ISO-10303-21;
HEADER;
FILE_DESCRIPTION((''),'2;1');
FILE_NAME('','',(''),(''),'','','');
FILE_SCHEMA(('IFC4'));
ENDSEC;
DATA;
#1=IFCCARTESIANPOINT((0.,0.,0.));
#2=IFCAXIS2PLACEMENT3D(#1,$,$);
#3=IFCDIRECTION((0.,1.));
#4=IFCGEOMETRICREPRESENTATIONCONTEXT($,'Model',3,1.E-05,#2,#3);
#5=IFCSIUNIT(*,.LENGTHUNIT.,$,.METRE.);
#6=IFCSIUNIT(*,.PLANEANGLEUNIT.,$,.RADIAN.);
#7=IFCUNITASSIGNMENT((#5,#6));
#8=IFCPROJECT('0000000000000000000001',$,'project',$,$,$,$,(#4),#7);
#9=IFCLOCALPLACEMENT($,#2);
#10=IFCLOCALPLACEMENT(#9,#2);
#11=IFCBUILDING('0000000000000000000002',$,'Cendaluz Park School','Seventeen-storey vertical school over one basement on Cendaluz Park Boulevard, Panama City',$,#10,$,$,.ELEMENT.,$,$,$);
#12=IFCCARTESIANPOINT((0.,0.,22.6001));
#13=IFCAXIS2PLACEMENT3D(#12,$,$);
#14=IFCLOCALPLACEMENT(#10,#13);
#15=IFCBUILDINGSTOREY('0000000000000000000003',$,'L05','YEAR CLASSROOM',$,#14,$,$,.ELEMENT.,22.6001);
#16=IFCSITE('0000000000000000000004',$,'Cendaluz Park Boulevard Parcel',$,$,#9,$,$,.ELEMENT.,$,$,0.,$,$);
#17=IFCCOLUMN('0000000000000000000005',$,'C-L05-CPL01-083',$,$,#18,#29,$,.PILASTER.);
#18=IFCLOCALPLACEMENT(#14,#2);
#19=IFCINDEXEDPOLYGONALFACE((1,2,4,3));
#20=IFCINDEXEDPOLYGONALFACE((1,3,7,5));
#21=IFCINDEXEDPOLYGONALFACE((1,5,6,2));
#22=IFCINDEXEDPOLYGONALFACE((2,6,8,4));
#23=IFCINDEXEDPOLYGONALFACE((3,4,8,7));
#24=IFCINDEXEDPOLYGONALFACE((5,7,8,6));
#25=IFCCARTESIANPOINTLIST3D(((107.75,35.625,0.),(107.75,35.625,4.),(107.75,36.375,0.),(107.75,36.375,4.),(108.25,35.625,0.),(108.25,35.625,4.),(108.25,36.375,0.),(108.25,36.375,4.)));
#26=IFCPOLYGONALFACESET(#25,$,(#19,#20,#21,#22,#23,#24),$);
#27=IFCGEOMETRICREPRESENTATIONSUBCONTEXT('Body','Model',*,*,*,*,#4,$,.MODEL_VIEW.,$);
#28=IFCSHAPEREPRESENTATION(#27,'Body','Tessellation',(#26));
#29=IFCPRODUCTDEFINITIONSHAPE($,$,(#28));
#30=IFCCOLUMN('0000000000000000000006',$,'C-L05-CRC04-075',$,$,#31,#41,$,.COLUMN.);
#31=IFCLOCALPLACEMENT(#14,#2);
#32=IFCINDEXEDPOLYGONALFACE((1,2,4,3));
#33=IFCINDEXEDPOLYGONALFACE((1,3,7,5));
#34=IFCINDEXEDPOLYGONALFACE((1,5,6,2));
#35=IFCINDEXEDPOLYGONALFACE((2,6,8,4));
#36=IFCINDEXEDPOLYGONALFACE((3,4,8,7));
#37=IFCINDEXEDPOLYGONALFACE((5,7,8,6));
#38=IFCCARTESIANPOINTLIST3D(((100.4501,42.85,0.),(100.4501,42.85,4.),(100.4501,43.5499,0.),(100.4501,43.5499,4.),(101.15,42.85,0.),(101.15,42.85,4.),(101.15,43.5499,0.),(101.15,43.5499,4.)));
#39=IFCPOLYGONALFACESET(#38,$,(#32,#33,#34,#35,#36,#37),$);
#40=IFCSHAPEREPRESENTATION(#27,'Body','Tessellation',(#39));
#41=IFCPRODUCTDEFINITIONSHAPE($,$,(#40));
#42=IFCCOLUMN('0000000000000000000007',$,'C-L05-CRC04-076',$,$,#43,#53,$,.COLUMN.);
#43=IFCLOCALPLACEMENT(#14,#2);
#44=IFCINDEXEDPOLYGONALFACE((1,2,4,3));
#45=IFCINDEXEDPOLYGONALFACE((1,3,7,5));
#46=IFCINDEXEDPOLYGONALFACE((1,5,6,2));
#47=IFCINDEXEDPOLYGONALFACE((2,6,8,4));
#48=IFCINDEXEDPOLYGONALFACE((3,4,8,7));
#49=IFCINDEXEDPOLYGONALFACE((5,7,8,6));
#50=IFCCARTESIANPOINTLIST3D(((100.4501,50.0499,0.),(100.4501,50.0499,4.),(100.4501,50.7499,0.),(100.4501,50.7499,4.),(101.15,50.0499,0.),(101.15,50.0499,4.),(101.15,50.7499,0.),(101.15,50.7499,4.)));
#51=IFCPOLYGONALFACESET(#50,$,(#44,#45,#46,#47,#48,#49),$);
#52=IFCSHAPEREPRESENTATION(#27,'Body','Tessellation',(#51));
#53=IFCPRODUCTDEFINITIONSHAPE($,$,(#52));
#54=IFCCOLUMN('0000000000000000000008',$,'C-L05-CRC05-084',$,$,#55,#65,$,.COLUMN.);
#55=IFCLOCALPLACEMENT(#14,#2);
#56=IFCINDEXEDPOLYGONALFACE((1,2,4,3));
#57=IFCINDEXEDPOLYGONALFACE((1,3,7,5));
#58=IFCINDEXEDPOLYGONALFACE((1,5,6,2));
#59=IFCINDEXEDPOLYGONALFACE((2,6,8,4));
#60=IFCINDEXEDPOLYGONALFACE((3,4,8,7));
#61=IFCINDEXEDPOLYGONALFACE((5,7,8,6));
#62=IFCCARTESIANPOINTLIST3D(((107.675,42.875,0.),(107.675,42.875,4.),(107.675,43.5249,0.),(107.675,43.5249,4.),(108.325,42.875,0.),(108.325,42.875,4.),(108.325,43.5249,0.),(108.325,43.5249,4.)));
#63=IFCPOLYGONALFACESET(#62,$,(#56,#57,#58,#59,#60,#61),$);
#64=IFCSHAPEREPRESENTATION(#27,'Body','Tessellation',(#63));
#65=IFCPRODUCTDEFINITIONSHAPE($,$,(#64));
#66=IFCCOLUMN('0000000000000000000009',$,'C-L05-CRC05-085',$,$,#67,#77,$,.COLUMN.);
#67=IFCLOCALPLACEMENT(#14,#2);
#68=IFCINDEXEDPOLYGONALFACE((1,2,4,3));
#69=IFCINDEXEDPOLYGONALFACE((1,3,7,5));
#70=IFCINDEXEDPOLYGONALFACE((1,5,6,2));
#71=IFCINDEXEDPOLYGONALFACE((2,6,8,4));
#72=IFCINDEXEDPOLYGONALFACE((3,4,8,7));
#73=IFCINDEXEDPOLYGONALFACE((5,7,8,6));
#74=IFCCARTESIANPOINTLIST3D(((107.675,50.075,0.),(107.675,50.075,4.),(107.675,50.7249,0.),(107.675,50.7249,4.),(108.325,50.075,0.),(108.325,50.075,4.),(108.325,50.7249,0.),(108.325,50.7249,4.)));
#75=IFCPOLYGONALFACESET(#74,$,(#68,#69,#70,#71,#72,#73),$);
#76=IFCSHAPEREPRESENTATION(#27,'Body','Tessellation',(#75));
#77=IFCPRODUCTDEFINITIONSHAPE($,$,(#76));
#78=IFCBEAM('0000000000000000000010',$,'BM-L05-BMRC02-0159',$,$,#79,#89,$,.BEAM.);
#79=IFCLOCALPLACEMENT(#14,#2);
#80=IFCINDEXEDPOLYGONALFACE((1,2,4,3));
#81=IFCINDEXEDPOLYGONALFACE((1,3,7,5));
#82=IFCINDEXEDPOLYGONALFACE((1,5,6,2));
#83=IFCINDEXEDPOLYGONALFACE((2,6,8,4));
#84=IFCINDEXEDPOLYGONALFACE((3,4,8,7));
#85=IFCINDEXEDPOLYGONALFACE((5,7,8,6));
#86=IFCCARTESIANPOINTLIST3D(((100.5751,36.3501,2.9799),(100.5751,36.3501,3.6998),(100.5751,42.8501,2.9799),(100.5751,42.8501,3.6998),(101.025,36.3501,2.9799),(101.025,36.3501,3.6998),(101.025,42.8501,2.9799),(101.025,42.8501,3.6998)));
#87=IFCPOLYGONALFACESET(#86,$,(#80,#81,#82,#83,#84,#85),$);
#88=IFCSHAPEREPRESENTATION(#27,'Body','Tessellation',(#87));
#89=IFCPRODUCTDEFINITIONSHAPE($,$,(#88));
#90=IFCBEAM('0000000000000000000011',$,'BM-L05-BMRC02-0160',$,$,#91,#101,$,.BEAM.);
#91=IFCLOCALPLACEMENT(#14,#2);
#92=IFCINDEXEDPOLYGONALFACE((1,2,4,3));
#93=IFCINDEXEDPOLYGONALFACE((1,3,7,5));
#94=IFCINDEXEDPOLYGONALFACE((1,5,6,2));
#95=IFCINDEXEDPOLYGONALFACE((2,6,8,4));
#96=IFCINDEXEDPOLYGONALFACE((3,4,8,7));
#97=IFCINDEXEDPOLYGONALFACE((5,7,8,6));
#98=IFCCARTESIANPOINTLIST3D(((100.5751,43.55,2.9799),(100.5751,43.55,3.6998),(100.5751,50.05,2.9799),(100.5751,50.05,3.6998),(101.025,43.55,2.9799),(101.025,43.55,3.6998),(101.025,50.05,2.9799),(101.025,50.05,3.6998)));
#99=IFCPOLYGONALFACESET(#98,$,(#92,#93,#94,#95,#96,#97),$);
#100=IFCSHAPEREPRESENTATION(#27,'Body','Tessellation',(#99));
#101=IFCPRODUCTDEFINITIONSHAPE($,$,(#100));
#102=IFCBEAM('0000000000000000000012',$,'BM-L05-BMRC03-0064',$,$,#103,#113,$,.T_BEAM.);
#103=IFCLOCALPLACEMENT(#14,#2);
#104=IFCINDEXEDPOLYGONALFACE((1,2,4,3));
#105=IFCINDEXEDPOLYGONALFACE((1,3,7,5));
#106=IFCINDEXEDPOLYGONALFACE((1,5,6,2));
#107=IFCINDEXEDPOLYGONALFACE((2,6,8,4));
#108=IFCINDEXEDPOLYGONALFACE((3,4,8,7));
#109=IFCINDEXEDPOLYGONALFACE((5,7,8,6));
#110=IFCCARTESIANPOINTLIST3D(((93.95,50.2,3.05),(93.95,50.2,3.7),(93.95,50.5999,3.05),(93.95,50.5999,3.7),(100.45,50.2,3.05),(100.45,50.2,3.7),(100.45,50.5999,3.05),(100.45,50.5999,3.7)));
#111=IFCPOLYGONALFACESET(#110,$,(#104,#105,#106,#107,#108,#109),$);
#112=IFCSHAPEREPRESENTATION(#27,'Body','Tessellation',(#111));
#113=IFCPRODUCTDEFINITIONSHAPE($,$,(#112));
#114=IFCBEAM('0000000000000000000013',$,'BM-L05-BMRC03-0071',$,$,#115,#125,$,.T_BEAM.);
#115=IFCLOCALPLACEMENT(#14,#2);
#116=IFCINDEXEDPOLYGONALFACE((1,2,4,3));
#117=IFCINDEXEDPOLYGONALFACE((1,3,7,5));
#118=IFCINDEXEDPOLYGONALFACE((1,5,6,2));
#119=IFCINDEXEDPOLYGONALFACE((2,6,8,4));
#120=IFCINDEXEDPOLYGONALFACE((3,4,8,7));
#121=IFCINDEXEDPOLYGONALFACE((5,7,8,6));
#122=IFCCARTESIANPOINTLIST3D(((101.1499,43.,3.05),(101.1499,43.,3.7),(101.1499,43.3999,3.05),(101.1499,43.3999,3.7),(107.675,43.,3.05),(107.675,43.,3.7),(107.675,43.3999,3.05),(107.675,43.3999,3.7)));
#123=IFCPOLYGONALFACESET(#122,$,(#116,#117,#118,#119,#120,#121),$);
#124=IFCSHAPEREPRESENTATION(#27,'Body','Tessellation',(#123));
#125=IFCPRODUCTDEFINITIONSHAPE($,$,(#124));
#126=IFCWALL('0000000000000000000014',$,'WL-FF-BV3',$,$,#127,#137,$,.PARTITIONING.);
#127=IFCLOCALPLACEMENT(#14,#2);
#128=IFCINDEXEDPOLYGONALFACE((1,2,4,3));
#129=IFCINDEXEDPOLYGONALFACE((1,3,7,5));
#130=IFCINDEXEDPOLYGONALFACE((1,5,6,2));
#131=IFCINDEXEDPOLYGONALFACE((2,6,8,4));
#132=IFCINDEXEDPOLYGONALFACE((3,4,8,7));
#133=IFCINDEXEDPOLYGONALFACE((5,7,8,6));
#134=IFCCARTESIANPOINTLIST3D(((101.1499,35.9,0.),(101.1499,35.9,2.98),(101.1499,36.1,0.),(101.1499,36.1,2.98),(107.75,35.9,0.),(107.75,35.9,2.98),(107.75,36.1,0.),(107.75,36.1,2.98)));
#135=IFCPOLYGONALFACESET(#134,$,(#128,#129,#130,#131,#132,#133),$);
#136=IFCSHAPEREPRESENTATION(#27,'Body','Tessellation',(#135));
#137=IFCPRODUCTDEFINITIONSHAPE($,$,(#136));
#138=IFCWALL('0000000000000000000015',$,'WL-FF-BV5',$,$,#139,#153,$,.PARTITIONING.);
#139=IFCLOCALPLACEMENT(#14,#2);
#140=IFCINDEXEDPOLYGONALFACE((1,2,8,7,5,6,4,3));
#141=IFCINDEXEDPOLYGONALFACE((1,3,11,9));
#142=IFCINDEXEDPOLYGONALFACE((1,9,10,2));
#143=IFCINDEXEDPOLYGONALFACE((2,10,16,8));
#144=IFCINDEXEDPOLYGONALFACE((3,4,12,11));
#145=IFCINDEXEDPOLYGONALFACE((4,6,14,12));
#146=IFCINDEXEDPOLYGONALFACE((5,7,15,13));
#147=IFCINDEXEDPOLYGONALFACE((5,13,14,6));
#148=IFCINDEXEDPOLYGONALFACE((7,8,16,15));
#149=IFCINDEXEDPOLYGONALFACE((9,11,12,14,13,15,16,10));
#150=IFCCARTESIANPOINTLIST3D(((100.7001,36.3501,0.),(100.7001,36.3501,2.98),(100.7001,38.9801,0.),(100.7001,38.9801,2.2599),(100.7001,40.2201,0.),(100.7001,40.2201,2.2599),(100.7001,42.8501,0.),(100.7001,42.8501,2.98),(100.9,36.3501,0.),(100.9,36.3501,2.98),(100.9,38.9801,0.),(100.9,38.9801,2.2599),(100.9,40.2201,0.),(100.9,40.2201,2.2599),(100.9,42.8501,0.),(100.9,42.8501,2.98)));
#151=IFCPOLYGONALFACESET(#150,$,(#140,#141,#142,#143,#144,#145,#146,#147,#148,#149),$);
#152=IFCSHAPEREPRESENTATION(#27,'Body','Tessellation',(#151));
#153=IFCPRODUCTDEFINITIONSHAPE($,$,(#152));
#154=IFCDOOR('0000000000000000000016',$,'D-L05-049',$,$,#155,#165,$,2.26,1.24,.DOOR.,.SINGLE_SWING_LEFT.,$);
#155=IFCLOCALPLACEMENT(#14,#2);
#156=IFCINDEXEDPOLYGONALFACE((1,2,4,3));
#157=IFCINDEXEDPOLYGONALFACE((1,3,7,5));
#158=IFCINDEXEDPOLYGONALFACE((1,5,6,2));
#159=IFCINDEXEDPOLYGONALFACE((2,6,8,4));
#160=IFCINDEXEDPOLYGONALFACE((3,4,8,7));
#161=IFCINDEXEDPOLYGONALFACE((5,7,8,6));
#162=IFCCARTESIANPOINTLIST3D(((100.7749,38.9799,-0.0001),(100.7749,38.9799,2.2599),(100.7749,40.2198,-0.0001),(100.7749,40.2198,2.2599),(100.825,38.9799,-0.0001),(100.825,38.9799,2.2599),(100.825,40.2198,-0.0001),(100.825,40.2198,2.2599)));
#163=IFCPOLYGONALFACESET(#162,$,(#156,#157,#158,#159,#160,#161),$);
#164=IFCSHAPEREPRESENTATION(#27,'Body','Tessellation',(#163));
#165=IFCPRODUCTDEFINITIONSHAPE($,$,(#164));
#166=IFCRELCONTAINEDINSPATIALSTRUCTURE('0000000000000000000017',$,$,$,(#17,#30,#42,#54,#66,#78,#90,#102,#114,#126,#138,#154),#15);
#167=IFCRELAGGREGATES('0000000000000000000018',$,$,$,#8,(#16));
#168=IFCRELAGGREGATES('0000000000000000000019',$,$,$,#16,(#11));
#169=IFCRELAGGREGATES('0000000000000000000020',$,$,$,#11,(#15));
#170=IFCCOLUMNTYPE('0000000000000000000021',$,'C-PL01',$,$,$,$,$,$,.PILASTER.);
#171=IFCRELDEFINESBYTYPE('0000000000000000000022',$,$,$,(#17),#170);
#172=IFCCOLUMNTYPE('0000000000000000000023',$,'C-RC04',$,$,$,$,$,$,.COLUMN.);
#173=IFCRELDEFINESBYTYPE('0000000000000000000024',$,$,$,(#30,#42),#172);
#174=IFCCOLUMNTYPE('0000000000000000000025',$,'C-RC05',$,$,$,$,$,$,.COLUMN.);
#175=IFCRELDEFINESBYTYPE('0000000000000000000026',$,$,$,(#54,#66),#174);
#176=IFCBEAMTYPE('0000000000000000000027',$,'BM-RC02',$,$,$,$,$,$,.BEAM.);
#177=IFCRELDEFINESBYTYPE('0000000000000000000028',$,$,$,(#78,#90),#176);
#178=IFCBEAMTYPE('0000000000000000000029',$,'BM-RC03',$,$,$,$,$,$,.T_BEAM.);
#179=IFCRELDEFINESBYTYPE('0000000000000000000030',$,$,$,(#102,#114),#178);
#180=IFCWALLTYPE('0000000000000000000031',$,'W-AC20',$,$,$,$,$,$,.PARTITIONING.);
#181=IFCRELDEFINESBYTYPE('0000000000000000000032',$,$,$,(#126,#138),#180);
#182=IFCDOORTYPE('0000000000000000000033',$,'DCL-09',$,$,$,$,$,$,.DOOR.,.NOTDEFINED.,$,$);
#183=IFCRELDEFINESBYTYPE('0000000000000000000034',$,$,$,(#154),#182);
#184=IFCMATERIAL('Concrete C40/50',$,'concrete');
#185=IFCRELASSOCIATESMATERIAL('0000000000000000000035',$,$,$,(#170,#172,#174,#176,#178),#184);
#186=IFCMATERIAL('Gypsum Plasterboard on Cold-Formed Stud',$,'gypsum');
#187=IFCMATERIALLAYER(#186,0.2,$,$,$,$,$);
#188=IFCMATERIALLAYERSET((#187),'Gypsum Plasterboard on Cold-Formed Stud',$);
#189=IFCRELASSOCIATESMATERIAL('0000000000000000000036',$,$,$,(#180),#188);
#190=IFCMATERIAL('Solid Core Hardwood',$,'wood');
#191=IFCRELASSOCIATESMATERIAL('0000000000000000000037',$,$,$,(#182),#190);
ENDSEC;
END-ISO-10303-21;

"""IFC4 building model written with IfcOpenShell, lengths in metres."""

from ifc_helpers import new_model, si_unit, direction, frame, frame_2d, origin, origin_2d, place, context, subcontext, project, spatial, rectangle, extrude, material, layer, layer_set, material_profile, profile_set, type_object, element, fill, save


model = new_model("IFC4")

# Units and contexts
model_context = context("Model", 3, precision=1e-05, world=origin(), true_north=direction((0.0, 1.0)))
body_context = subcontext(model_context, "Body", "Model", "MODEL_VIEW")
ifc_project = project(units=[si_unit("LENGTHUNIT", "METRE"), si_unit("PLANEANGLEUNIT", "RADIAN")], contexts=[model_context])

# Site, building, storey
site_placement = place(None, origin())
site = spatial("IfcSite", under=ifc_project, at=site_placement, Name="Cendaluz Park Boulevard Parcel", CompositionType="ELEMENT", RefElevation=0.0)
building_placement = place(site_placement, origin())
building = spatial("IfcBuilding", under=site, at=building_placement, Name="Cendaluz Park School", Description="Seventeen-storey vertical school over one basement on Cendaluz Park Boulevard, Panama City", CompositionType="ELEMENT")
storey_placement = place(building_placement, frame((0.0, 0.0, 22.6001)))
storey = spatial("IfcBuildingStorey", under=building, at=storey_placement, Name="L05", Description="YEAR CLASSROOM", CompositionType="ELEMENT", Elevation=22.6001)

# Columns
ifc_material_1 = material(Name="Concrete C40/50", Category="concrete")
ifc_material_profile_1 = material_profile(ifc_material_1, rectangle(XDim=0.5, YDim=0.75, at=origin_2d()), Name="RC 500x750", Category="concrete")
ifc_profile_set_1 = profile_set([ifc_material_profile_1], Name="Concrete C40/50")
column_type_1 = type_object("IfcColumnType", Name="C-PL01", PredefinedType="PILASTER", material=ifc_profile_set_1)
column_placement = place(storey_placement, frame((108.0, 36.0, 0.0), z_axis=(0.0, 0.0, 1.0), x_axis=(1.0, 0.0, 0.0)))
element("IfcColumn", 1, at=column_placement, inside=storey, type_object=column_type_1, Name="C-L05-CPL01-083", PredefinedType="PILASTER", context=body_context, shape_type="SweptSolid", body=[
    extrude(rectangle(XDim=0.5, YDim=0.75, at=origin_2d()), origin(), (0.0, 0.0, 1.0), 4.0),
])
ifc_material_profile_2 = material_profile(ifc_material_1, rectangle(XDim=0.7, YDim=0.7, at=origin_2d()), Name="RC 700x700", Category="concrete")
ifc_profile_set_2 = profile_set([ifc_material_profile_2], Name="Concrete C40/50")
column_type_2 = type_object("IfcColumnType", Name="C-RC04", PredefinedType="COLUMN", material=ifc_profile_set_2)
for number, where, z_axis, x_axis, name in (
    (2, (100.8, 43.2, 0.0), (0.0, 0.0, 1.0), (1.0, 0.0, 0.0), "C-L05-CRC04-075"),
    (3, (100.8, 50.3999, 0.0), (0.0, 0.0, 1.0), (1.0, 0.0, 0.0), "C-L05-CRC04-076"),
):
    element("IfcColumn", number, at=place(storey_placement, frame(where, z_axis=z_axis, x_axis=x_axis)), inside=storey, type_object=column_type_2, Name=name, PredefinedType="COLUMN", context=body_context, shape_type="SweptSolid", body=[
        extrude(rectangle(XDim=0.7, YDim=0.7, at=origin_2d()), origin(), (0.0, 0.0, 1.0), 4.0),
    ])
ifc_material_profile_3 = material_profile(ifc_material_1, rectangle(XDim=0.6499, YDim=0.6499, at=origin_2d()), Name="RC 650x650", Category="concrete")
ifc_profile_set_3 = profile_set([ifc_material_profile_3], Name="Concrete C40/50")
column_type_3 = type_object("IfcColumnType", Name="C-RC05", PredefinedType="COLUMN", material=ifc_profile_set_3)
for number, where, z_axis, x_axis, name in (
    (4, (108.0, 43.2, 0.0), (0.0, 0.0, 1.0), (1.0, 0.0, 0.0), "C-L05-CRC05-084"),
    (5, (108.0, 50.3999, 0.0), (0.0, 0.0, 1.0), (1.0, 0.0, 0.0), "C-L05-CRC05-085"),
):
    element("IfcColumn", number, at=place(storey_placement, frame(where, z_axis=z_axis, x_axis=x_axis)), inside=storey, type_object=column_type_3, Name=name, PredefinedType="COLUMN", context=body_context, shape_type="SweptSolid", body=[
        extrude(rectangle(XDim=0.6499, YDim=0.6499, at=origin_2d()), origin(), (0.0, 0.0, 1.0), 4.0),
    ])

# Beams
ifc_material_profile_4 = material_profile(ifc_material_1, rectangle(XDim=0.45, YDim=0.72, at=origin_2d()), Name="RC 450x720", Category="concrete")
ifc_profile_set_4 = profile_set([ifc_material_profile_4], Name="Concrete C40/50")
beam_type_1 = type_object("IfcBeamType", Name="BM-RC02", PredefinedType="BEAM", material=ifc_profile_set_4)
for number, where, z_axis, x_axis, name in (
    (6, (100.8, 36.3501, 3.3398), (0.0, 1.0, 0.0), (-1.0, 0.0, 0.0), "BM-L05-BMRC02-0159"),
    (7, (100.8, 43.55, 3.3398), (0.0, 1.0, 0.0), (-1.0, 0.0, 0.0), "BM-L05-BMRC02-0160"),
):
    element("IfcBeam", number, at=place(storey_placement, frame(where, z_axis=z_axis, x_axis=x_axis)), inside=storey, type_object=beam_type_1, Name=name, PredefinedType="BEAM", context=body_context, shape_type="SweptSolid", body=[
        extrude(rectangle(XDim=0.45, YDim=0.72, at=origin_2d()), origin(), (0.0, 0.0, 1.0), 6.5),
    ])
ifc_material_profile_5 = material_profile(ifc_material_1, rectangle(XDim=0.3999, YDim=0.6499, at=origin_2d()), Name="RC 400x650", Category="concrete")
ifc_profile_set_5 = profile_set([ifc_material_profile_5], Name="Concrete C40/50")
beam_type_2 = type_object("IfcBeamType", Name="BM-RC03", PredefinedType="T_BEAM", material=ifc_profile_set_5)
beam_1_placement = place(storey_placement, frame((93.95, 50.3999, 3.375), z_axis=(1.0, 0.0, 0.0), x_axis=(0.0, 1.0, 0.0)))
element("IfcBeam", 8, at=beam_1_placement, inside=storey, type_object=beam_type_2, Name="BM-L05-BMRC03-0064", PredefinedType="T_BEAM", context=body_context, shape_type="SweptSolid", body=[
    extrude(rectangle(XDim=0.3999, YDim=0.6499, at=origin_2d()), origin(), (0.0, 0.0, 1.0), 6.5),
])
beam_2_placement = place(storey_placement, frame((101.1499, 43.2, 3.375), z_axis=(1.0, 0.0, 0.0), x_axis=(0.0, 1.0, 0.0)))
element("IfcBeam", 9, at=beam_2_placement, inside=storey, type_object=beam_type_2, Name="BM-L05-BMRC03-0071", PredefinedType="T_BEAM", context=body_context, shape_type="SweptSolid", body=[
    extrude(rectangle(XDim=0.3999, YDim=0.6499, at=origin_2d()), origin(), (0.0, 0.0, 1.0), 6.5251),
])

# Wall
ifc_material_2 = material(Name="Gypsum Plasterboard on Cold-Formed Stud", Category="gypsum")
ifc_layer_1 = layer(ifc_material_2, 0.2)
ifc_layer_set_1 = layer_set([ifc_layer_1], Name="Gypsum Plasterboard on Cold-Formed Stud")
wall_type_1 = type_object("IfcWallType", Name="W-AC20", PredefinedType="PARTITIONING", material=ifc_layer_set_1)
wall_1_placement = place(storey_placement, frame((101.1499, 36.0, 0.0), z_axis=(0.0, 0.0, 1.0), x_axis=(1.0, 0.0, 0.0)))
element("IfcWall", 10, at=wall_1_placement, inside=storey, type_object=wall_type_1, Name="WL-FF-BV3", PredefinedType="PARTITIONING", context=body_context, shape_type="SweptSolid", body=[
    extrude(rectangle(XDim=6.6001, YDim=0.2, at=frame_2d((3.3, 0.0))), origin(), (0.0, 0.0, 1.0), 2.98),
])

# Wall, opening, door
wall_2_placement = place(storey_placement, frame((100.8, 36.3501, 0.0), z_axis=(0.0, 0.0, 1.0), x_axis=(0.0, 1.0, 0.0)))
wall_2 = element("IfcWall", 11, at=wall_2_placement, inside=storey, type_object=wall_type_1, Name="WL-FF-BV5", PredefinedType="PARTITIONING", context=body_context, shape_type="SweptSolid", body=[
    extrude(rectangle(XDim=6.5, YDim=0.2, at=frame_2d((3.25, 0.0))), origin(), (0.0, 0.0, 1.0), 2.98),
])
opening_1_placement = place(wall_2_placement, frame((2.6299, 0.0, 0.0)))
opening_1 = element("IfcOpeningElement", 12, at=opening_1_placement, cuts=wall_2, PredefinedType="OPENING", context=body_context, shape_type="SweptSolid", body=[
    extrude(rectangle(XDim=1.24, YDim=2.26, at=frame_2d((0.6201, 1.1299))), frame((0.0, 0.1121, 0.0), z_axis=(0.0, -1.0, 0.0), x_axis=(1.0, 0.0, 0.0)), (0.0, 0.0, 1.0), 0.2239),
])
ifc_material_3 = material(Name="Solid Core Hardwood", Category="wood")
door_type_1 = type_object("IfcDoorType", Name="DCL-09", OperationType="NOTDEFINED", PredefinedType="DOOR", material=ifc_material_3)
door_1_placement = place(opening_1_placement, frame((1.24, 0.0, 0.0), z_axis=(0.0, 0.0, 1.0), x_axis=(-1.0, 0.0, 0.0)))
door_1 = element("IfcDoor", 13, at=door_1_placement, inside=storey, type_object=door_type_1, Name="D-L05-049", OperationType="SINGLE_SWING_LEFT", OverallHeight=2.26, OverallWidth=1.24, PredefinedType="DOOR", context=body_context, shape_type="SweptSolid", body=[
    extrude(rectangle(XDim=1.24, YDim=2.26, at=frame_2d((0.6201, 1.1299))), frame((0.0, 0.0249, 0.0), z_axis=(0.0, -1.0, 0.0), x_axis=(1.0, 0.0, 0.0)), (0.0, 0.0, 1.0), 0.05),
])
fill(opening_1, door_1)

save(model, "model.ifc")
